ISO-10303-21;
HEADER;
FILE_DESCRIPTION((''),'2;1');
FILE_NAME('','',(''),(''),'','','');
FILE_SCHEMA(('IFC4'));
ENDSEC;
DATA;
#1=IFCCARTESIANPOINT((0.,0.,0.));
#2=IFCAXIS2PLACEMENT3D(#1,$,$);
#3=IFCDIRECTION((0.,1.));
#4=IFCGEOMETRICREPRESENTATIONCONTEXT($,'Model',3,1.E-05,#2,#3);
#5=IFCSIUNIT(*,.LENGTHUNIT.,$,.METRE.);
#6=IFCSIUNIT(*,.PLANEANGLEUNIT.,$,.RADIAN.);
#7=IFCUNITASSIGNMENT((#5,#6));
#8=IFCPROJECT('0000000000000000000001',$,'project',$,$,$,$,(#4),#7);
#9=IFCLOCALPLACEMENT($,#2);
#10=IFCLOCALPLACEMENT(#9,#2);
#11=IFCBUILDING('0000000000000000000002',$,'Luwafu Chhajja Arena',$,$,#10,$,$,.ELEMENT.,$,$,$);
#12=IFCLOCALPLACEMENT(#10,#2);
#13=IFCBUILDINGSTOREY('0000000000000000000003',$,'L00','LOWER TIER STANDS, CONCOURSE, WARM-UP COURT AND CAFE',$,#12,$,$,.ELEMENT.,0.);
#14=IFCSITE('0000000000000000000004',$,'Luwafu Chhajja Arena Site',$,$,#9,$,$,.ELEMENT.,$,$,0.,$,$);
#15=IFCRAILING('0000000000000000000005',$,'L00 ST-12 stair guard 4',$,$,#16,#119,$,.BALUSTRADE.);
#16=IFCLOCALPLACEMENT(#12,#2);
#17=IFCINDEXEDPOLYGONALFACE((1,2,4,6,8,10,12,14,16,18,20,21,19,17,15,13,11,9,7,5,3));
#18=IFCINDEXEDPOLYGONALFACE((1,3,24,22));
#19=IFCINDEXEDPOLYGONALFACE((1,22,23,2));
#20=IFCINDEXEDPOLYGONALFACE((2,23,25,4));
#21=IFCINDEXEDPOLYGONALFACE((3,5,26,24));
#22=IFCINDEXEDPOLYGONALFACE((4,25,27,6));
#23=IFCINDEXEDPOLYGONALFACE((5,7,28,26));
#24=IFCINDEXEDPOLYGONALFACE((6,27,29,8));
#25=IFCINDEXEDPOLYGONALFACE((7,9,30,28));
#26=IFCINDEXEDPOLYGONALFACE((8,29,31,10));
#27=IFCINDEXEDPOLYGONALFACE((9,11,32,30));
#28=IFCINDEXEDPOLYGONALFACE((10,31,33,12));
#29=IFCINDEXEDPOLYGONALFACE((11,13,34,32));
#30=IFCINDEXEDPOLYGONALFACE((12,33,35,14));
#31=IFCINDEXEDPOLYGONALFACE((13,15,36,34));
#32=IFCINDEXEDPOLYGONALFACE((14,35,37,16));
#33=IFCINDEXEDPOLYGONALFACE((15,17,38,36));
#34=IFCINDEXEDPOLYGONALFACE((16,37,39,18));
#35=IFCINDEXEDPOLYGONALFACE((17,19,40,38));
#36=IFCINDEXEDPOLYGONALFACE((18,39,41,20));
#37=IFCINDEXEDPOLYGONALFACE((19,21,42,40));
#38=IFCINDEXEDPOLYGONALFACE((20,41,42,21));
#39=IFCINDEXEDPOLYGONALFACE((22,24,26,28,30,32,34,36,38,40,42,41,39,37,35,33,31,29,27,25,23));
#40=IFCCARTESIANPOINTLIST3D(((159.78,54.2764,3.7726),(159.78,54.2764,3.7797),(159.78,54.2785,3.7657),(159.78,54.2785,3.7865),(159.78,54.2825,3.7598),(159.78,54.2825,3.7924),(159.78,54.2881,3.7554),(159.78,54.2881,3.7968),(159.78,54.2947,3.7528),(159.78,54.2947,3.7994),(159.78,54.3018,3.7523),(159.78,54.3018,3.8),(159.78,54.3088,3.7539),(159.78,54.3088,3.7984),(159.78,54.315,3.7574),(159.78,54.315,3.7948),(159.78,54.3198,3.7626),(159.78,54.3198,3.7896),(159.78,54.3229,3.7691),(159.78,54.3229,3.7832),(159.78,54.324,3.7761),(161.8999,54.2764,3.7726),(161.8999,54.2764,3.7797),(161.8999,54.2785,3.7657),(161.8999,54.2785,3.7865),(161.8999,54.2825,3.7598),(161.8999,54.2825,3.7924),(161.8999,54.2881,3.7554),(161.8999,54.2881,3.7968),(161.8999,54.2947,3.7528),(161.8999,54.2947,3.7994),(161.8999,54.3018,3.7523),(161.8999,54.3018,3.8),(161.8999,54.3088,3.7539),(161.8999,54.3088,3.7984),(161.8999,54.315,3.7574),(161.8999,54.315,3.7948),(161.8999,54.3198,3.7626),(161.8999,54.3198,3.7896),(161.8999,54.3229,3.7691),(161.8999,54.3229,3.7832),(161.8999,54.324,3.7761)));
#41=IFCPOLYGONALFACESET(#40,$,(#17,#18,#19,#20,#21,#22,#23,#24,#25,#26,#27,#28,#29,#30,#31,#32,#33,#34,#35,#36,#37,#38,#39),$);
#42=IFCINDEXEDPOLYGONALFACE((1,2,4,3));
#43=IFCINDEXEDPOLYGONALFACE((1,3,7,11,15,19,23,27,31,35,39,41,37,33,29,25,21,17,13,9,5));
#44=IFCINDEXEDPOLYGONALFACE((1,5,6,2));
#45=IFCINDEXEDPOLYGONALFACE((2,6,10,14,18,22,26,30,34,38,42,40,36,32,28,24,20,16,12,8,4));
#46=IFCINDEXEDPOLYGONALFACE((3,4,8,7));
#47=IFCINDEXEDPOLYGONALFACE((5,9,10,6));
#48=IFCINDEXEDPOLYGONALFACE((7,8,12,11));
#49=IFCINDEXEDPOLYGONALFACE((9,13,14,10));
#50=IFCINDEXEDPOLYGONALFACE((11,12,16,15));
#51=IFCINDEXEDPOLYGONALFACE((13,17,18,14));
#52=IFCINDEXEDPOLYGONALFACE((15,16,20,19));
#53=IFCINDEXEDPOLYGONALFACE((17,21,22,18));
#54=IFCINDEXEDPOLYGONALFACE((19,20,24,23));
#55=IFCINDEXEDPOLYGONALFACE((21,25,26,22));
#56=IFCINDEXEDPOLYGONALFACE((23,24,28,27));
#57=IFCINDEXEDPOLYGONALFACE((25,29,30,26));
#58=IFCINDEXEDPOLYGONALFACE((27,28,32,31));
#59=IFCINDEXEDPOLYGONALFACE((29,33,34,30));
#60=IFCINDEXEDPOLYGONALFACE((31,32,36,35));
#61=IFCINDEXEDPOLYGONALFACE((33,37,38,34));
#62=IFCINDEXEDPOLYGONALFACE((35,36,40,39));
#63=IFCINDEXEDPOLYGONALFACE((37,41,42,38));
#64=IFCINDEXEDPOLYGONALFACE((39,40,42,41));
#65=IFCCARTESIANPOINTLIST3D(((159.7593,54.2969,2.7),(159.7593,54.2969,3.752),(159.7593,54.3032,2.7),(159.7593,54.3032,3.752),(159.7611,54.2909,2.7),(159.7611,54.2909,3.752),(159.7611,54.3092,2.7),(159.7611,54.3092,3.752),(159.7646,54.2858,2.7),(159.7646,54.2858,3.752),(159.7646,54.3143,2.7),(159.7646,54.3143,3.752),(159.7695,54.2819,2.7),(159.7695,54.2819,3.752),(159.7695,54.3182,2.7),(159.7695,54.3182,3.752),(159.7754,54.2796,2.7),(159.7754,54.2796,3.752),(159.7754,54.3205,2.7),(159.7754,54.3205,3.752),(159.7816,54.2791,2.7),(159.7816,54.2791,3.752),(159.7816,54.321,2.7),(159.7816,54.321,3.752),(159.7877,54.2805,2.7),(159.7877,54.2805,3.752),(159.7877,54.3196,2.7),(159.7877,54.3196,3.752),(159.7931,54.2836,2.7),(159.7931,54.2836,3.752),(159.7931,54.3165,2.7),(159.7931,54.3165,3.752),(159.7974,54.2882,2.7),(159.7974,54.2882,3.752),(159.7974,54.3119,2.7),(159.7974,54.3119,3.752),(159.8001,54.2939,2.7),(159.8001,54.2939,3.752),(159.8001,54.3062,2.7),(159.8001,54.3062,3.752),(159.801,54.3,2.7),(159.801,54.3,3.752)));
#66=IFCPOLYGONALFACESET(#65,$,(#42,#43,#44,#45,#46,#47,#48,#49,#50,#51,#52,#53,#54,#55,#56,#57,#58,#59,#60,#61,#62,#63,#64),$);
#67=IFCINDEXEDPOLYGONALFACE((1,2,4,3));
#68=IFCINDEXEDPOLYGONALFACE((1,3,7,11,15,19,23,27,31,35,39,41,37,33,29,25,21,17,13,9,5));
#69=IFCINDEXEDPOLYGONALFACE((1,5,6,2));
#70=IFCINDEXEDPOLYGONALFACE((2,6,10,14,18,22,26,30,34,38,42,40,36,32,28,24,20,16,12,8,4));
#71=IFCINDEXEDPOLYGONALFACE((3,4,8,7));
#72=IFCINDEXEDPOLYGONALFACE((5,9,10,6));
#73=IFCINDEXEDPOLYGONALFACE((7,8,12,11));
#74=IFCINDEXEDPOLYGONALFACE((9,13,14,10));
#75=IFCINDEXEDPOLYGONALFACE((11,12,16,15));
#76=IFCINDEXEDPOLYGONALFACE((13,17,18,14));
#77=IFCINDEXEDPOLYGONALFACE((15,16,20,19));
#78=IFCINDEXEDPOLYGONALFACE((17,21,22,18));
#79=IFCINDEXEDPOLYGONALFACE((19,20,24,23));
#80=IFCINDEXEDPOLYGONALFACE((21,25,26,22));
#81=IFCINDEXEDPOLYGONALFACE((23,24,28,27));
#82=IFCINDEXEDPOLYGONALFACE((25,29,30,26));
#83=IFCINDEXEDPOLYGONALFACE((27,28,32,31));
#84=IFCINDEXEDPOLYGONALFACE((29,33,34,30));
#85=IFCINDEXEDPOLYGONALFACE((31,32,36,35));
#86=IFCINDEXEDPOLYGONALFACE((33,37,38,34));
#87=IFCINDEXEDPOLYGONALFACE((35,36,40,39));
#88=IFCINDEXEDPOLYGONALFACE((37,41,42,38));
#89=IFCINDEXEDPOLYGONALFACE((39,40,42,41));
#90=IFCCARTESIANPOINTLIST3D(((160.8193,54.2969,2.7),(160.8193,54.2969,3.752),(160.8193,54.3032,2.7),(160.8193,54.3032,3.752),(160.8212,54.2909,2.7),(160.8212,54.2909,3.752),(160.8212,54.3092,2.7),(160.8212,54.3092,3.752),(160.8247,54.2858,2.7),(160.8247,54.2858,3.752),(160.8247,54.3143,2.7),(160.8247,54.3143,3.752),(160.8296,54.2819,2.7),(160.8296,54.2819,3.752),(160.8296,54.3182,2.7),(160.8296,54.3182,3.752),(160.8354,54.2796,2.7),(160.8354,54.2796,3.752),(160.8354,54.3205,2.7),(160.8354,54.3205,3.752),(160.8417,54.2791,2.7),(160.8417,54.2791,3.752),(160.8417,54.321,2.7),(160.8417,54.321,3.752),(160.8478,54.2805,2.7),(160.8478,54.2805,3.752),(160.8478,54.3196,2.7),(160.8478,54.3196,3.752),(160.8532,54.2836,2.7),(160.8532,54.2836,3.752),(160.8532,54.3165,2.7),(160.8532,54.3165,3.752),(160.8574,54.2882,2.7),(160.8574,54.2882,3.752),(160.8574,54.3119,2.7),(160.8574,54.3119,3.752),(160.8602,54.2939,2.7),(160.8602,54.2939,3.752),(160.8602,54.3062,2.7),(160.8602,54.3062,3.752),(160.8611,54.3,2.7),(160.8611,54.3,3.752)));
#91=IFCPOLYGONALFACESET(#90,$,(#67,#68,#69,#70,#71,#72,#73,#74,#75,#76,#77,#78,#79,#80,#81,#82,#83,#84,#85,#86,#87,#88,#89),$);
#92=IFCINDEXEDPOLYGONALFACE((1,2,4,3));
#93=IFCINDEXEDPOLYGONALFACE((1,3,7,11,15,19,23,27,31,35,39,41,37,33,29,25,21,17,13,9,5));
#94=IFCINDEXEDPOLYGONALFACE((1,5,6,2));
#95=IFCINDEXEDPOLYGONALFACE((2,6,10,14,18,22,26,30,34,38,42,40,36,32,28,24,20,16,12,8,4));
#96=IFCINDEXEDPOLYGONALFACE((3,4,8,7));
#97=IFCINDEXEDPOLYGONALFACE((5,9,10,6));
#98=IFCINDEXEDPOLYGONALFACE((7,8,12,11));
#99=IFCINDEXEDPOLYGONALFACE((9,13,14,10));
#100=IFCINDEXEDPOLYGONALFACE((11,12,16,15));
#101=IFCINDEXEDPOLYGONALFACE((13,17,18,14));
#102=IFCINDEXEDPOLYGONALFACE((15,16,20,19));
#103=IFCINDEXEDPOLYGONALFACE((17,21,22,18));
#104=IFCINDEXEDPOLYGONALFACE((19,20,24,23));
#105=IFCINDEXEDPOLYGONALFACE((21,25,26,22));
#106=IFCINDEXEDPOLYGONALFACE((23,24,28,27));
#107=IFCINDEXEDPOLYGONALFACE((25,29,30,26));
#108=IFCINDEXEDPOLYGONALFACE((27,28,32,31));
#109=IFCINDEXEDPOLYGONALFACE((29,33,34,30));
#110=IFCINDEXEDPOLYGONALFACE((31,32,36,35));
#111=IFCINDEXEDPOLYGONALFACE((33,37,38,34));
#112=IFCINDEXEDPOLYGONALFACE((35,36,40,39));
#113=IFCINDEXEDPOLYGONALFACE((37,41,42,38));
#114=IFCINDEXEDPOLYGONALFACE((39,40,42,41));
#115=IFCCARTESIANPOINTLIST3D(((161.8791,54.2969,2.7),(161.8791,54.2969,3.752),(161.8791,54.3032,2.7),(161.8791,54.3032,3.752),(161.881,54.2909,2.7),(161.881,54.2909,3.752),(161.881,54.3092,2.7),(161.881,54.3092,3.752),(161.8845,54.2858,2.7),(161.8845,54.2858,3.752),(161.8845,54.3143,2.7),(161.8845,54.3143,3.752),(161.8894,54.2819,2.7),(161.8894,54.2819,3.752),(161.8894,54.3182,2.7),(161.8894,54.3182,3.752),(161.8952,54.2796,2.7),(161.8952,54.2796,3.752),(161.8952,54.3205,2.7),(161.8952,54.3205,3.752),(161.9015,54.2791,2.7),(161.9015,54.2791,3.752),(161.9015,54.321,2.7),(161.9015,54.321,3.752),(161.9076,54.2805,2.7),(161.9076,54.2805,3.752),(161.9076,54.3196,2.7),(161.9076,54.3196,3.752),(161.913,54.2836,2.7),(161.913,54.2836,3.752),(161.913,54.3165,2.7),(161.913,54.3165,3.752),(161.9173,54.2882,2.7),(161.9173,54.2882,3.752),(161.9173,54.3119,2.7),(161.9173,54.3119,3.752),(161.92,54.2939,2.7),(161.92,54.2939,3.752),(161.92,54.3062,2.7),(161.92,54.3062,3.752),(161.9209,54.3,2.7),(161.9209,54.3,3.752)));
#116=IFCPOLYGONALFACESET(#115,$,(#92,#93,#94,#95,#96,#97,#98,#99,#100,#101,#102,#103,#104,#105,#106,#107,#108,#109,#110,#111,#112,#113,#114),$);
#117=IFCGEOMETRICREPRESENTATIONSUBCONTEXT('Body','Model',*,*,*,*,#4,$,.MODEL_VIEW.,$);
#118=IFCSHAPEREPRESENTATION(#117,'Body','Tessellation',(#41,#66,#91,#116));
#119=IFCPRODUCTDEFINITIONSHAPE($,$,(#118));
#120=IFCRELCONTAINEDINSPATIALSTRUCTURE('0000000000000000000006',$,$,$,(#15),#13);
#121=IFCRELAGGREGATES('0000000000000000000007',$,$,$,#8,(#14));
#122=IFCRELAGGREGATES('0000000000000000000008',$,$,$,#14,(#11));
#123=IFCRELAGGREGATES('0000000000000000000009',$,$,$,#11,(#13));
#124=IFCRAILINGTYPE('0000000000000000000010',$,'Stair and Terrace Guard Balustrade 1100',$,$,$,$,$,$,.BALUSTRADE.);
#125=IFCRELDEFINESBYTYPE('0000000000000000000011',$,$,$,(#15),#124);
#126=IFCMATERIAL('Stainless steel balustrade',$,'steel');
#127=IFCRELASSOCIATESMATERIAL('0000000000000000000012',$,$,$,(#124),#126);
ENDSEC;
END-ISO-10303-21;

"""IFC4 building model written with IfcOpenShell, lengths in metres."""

from ifc_helpers import new_model, si_unit, direction, frame, origin, origin_2d, place, context, subcontext, project, spatial, circle, extrude, material, type_object, element, save


model = new_model("IFC4")

# Units and contexts
model_context = context("Model", 3, precision=1e-05, world=origin(), true_north=direction((0.0, 1.0)))
body_context = subcontext(model_context, "Body", "Model", "MODEL_VIEW")
ifc_project = project(units=[si_unit("LENGTHUNIT", "METRE"), si_unit("PLANEANGLEUNIT", "RADIAN")], contexts=[model_context])

# Site, building, storey
site_placement = place(None, origin())
site = spatial("IfcSite", under=ifc_project, at=site_placement, Name="Luwafu Chhajja Arena Site", CompositionType="ELEMENT", RefElevation=0.0)
building_placement = place(site_placement, origin())
building = spatial("IfcBuilding", under=site, at=building_placement, Name="Luwafu Chhajja Arena", CompositionType="ELEMENT")
storey_placement = place(building_placement, origin())
storey = spatial("IfcBuildingStorey", under=building, at=storey_placement, Name="L00", Description="LOWER TIER STANDS, CONCOURSE, WARM-UP COURT AND CAFE", CompositionType="ELEMENT", Elevation=0.0)

# Railing
ifc_material_1 = material(Name="Stainless steel balustrade", Category="steel")
railing_type_1 = type_object("IfcRailingType", Name="Stair and Terrace Guard Balustrade 1100", PredefinedType="BALUSTRADE", material=ifc_material_1)
for number, where, name in (
    (1, (159.78, 54.3, 2.7), "L00 ST-12 stair guard 4"),
):
    element("IfcRailing", number, at=place(storey_placement, frame(where)), inside=storey, type_object=railing_type_1, Name=name, PredefinedType="BALUSTRADE", context=body_context, shape_type="SweptSolid", body=[
        extrude(circle(Radius=0.0239, at=origin_2d()), frame((0.0, 0.0, 1.0762), z_axis=(1.0, 0.0, 0.0), x_axis=(0.0, 1.0, 0.0)), (0.0, 0.0, 1.0), 2.1199),
        extrude(circle(Radius=0.021, at=origin_2d()), origin(), (0.0, 0.0, 1.0), 1.052),
        extrude(circle(Radius=0.021, at=origin_2d()), frame((1.0601, 0.0, 0.0)), (0.0, 0.0, 1.0), 1.052),
        extrude(circle(Radius=0.021, at=origin_2d()), frame((2.1199, 0.0, 0.0)), (0.0, 0.0, 1.0), 1.052),
    ])

save(model, "model.ifc")
